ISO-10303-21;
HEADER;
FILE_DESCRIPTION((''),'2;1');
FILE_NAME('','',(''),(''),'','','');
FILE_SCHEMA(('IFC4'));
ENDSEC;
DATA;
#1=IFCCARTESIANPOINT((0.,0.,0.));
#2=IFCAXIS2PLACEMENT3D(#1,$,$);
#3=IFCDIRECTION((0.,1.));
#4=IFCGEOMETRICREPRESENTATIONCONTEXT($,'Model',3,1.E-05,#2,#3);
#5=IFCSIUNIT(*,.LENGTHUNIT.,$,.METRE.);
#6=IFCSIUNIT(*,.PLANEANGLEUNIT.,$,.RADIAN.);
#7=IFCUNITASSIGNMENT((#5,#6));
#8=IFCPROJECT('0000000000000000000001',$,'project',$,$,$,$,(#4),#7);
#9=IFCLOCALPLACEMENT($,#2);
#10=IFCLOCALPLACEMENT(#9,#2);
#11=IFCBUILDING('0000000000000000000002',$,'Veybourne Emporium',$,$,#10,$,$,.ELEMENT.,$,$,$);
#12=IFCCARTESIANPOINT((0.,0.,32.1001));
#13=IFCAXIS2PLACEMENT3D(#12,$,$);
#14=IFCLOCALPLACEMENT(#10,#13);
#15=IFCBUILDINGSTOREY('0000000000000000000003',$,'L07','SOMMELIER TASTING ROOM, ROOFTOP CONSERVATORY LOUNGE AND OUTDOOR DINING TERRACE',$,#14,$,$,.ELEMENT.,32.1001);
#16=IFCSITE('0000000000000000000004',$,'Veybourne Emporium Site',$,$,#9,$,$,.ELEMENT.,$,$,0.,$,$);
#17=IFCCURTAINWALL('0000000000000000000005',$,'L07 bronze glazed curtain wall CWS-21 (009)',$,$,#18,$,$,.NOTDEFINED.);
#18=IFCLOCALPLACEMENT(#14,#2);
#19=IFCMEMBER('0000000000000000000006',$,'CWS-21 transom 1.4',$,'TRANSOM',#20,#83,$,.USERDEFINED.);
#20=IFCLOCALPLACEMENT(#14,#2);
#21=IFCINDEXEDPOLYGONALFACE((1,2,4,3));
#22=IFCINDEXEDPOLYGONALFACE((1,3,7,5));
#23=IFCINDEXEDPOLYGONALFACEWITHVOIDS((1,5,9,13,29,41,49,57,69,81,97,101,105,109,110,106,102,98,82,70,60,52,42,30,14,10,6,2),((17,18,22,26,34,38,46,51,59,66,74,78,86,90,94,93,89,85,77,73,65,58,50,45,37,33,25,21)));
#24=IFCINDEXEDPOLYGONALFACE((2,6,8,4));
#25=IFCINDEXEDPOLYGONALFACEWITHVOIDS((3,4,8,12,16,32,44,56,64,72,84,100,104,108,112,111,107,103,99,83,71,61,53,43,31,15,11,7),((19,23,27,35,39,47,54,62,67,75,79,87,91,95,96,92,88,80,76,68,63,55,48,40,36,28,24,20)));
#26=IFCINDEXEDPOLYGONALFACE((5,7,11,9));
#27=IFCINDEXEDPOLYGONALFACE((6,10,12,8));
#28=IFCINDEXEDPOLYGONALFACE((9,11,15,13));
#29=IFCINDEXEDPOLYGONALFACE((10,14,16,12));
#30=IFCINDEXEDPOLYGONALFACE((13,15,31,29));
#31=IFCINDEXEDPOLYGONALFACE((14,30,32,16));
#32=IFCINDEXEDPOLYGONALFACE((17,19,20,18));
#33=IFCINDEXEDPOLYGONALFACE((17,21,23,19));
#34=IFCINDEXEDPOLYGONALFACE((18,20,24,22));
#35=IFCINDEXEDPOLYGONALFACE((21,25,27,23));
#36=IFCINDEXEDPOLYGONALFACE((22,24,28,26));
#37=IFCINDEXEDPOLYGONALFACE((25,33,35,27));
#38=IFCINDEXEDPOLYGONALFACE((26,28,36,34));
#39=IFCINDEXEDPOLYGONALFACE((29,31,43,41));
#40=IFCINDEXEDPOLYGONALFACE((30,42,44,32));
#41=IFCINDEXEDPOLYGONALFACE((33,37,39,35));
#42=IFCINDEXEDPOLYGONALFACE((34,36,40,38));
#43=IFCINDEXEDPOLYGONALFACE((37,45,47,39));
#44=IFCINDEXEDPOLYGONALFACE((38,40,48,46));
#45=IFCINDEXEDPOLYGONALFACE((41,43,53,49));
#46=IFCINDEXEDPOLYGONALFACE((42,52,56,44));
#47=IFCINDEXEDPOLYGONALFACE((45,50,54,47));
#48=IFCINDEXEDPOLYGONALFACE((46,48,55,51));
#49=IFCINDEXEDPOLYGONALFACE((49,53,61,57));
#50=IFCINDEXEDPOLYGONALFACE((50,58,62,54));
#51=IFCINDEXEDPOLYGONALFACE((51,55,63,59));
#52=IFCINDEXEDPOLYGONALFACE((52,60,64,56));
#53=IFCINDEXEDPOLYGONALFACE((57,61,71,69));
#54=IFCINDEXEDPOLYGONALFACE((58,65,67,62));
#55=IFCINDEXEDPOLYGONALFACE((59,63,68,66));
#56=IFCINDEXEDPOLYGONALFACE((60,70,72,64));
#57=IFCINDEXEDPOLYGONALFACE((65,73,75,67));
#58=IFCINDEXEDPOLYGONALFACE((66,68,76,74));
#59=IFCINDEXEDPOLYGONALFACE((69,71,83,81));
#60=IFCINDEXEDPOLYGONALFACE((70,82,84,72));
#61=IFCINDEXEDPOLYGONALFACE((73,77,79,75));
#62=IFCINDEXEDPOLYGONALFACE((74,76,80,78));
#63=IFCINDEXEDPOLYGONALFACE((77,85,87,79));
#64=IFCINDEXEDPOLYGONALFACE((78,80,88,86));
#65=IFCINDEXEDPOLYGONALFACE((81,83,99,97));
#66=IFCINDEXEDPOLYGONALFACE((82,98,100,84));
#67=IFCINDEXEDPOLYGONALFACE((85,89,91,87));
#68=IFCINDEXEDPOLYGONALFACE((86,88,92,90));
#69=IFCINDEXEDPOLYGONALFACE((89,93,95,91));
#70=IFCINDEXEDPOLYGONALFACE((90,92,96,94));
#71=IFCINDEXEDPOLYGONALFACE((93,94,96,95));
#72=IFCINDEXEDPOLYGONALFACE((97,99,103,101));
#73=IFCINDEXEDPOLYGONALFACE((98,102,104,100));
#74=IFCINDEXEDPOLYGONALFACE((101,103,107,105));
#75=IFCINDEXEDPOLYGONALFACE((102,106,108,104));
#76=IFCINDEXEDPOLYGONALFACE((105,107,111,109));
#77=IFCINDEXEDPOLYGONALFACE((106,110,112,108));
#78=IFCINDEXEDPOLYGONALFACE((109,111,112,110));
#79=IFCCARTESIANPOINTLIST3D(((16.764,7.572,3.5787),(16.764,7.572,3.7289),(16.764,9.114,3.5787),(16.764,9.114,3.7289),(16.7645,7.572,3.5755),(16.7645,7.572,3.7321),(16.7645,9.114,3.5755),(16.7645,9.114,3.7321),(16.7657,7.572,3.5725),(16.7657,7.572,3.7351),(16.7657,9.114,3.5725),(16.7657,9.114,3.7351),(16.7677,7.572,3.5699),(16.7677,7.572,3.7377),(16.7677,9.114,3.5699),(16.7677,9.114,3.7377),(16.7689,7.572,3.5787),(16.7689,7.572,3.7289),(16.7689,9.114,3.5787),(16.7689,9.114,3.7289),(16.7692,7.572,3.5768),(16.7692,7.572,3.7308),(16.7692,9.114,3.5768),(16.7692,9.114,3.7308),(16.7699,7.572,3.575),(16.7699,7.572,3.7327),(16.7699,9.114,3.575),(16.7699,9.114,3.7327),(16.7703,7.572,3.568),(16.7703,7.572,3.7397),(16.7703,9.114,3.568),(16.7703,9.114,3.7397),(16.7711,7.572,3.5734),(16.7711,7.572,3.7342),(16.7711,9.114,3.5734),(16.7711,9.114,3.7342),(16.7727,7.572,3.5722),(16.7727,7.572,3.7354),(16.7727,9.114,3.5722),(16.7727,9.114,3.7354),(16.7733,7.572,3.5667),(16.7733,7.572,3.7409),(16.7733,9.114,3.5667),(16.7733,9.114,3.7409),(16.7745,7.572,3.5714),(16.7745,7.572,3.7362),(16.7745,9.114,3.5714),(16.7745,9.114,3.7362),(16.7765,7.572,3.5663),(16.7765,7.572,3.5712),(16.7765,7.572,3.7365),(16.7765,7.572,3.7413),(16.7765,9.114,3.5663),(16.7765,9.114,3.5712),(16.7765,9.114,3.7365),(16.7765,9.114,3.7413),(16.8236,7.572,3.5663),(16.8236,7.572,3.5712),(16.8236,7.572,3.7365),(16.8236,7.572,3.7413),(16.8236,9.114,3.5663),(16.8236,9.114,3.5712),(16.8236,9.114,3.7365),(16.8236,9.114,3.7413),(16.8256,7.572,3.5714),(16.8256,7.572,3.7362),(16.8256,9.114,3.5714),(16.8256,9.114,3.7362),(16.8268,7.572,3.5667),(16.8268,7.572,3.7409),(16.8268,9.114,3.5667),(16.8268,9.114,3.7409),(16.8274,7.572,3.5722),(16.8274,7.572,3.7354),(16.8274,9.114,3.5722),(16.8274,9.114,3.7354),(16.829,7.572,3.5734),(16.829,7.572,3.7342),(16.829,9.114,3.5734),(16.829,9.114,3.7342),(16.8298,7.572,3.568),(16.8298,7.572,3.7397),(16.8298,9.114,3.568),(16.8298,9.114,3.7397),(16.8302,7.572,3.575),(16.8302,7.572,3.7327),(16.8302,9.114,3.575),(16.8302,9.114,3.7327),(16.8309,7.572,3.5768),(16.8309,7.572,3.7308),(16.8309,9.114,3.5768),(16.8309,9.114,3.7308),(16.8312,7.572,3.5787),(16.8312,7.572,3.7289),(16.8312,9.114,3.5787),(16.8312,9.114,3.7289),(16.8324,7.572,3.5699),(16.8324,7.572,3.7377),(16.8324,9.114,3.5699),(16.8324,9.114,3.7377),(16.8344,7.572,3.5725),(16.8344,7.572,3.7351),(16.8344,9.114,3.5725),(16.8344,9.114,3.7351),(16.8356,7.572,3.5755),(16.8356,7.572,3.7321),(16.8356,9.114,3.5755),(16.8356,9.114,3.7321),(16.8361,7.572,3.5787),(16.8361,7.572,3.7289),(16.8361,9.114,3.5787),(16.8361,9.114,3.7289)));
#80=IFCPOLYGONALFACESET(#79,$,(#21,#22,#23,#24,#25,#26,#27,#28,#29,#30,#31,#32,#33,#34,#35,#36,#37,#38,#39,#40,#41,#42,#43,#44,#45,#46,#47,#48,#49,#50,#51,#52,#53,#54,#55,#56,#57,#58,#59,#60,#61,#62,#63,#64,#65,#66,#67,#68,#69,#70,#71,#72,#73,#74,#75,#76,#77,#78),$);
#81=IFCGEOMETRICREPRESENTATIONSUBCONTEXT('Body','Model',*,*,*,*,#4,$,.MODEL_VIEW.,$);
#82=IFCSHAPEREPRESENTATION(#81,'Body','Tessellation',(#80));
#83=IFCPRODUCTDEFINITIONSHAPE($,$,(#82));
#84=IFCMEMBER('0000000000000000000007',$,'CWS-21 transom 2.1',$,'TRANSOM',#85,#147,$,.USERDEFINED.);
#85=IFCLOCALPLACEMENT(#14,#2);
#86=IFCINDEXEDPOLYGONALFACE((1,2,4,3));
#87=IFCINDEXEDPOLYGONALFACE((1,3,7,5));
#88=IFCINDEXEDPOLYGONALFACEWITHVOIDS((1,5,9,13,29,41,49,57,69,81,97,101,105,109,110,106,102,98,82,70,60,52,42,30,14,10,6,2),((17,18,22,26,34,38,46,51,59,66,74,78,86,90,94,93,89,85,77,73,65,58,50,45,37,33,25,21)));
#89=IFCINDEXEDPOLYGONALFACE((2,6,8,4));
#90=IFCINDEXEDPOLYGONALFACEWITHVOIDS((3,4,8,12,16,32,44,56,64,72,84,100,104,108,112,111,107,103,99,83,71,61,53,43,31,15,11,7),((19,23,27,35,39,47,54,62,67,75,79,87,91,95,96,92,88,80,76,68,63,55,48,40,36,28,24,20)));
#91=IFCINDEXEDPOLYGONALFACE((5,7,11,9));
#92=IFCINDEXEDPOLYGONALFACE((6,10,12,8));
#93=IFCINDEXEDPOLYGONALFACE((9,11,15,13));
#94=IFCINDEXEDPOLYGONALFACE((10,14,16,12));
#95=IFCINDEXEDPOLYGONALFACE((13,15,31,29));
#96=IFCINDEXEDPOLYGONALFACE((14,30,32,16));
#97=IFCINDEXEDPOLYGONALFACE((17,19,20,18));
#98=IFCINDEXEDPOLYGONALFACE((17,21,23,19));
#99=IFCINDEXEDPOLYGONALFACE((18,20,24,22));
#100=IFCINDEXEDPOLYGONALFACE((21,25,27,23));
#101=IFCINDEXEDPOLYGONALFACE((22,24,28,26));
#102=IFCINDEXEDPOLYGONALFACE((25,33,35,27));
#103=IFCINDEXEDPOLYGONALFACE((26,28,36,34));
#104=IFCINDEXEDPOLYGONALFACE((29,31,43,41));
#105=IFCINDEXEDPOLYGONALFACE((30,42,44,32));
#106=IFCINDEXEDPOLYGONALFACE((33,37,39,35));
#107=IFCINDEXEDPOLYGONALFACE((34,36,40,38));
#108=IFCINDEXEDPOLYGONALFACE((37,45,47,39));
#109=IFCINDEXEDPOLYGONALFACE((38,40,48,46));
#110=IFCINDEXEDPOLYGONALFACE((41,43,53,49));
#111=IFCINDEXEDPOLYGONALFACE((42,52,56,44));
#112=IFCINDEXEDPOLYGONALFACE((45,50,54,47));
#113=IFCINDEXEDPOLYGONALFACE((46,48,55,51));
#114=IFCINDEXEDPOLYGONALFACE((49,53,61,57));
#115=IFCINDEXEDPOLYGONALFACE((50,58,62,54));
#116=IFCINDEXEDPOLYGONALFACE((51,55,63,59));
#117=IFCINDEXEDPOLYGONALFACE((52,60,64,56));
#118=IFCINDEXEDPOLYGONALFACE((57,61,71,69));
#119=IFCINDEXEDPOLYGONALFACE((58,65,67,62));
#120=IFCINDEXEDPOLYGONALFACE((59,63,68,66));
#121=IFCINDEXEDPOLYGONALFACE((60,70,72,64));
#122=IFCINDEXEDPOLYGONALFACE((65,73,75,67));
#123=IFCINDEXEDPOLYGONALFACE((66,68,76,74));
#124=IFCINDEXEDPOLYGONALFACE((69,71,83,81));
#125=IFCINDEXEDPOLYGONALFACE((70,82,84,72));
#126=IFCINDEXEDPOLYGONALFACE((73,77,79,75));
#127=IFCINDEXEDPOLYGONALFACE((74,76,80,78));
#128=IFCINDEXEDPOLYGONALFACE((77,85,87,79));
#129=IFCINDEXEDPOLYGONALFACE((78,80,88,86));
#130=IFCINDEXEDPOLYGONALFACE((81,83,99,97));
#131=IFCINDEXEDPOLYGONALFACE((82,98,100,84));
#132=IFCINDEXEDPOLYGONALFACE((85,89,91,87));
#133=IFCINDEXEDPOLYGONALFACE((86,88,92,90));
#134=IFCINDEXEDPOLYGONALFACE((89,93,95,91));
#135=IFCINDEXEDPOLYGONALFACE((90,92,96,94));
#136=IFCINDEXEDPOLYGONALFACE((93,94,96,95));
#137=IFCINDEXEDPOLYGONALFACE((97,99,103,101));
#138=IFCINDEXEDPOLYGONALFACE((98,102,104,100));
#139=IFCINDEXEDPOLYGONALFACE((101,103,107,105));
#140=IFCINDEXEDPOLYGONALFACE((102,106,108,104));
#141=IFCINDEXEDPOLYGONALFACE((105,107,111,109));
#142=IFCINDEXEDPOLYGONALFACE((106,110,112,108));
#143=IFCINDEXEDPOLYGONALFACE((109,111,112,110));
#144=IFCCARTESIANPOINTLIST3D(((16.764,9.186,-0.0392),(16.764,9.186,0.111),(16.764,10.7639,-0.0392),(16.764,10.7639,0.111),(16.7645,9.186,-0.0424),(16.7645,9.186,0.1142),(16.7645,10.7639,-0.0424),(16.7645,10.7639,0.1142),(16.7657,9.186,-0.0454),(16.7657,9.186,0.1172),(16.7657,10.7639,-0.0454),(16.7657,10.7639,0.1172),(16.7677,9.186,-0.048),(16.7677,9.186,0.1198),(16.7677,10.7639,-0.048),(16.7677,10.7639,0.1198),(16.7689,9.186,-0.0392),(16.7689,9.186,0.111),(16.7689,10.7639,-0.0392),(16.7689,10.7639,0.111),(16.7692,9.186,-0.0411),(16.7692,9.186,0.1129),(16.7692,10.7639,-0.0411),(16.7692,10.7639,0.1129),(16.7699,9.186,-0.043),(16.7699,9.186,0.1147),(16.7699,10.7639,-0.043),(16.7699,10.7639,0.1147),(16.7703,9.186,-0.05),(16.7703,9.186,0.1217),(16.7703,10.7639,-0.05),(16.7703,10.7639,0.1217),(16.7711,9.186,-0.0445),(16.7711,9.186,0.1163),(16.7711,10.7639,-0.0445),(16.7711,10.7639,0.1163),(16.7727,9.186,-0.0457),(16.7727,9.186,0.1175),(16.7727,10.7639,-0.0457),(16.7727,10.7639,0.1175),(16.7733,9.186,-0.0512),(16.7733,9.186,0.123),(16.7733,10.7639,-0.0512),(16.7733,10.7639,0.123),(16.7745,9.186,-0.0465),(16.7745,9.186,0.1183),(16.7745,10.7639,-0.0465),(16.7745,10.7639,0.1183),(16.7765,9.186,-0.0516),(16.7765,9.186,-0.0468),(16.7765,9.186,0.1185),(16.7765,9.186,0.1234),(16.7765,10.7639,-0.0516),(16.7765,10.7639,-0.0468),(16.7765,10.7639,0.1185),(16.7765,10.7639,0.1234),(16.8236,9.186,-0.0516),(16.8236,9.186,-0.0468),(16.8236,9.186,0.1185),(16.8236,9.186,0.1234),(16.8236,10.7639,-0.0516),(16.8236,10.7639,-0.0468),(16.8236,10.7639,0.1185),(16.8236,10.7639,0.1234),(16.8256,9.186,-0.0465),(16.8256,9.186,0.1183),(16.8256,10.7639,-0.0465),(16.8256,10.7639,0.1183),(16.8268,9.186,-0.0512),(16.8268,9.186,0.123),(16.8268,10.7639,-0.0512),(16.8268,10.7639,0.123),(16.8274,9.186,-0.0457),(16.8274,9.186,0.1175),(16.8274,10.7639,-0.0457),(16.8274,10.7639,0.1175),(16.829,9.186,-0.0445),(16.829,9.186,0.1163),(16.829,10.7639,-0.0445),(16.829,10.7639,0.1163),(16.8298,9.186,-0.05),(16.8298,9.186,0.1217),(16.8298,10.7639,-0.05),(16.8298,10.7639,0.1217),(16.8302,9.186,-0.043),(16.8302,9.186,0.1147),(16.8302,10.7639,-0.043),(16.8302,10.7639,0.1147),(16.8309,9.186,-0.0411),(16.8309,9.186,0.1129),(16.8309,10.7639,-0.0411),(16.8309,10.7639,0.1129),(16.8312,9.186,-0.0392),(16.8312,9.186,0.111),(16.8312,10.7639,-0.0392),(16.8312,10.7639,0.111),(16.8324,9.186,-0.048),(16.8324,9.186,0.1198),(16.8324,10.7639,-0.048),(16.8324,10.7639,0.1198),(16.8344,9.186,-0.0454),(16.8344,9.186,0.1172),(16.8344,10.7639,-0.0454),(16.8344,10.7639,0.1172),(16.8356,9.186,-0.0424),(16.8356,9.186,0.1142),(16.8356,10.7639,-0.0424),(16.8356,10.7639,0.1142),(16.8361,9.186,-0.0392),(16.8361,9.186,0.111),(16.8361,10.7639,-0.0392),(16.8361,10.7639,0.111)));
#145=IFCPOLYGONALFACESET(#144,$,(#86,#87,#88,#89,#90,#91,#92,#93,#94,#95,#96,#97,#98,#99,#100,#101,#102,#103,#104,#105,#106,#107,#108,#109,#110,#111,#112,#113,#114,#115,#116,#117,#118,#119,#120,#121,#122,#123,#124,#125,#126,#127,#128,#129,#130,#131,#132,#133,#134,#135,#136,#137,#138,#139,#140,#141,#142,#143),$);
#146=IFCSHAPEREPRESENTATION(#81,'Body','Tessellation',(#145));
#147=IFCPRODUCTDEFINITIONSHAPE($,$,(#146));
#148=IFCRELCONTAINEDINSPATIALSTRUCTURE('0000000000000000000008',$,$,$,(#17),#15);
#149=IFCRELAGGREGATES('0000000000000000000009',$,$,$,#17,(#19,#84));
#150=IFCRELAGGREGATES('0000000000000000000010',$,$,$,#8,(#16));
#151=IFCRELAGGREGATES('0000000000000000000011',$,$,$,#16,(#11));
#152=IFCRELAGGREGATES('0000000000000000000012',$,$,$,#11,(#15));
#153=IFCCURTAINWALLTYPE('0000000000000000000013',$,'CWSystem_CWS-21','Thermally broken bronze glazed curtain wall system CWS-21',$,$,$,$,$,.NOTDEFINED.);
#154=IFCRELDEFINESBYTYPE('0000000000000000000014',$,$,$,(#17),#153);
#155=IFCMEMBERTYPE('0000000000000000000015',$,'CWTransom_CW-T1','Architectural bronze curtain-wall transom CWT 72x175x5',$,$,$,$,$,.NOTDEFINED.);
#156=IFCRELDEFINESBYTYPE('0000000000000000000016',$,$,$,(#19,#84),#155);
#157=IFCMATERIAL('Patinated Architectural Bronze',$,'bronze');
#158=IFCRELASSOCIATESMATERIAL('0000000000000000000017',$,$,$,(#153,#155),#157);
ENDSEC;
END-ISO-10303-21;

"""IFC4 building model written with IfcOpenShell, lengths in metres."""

from ifc_helpers import new_model, si_unit, direction, frame, origin, origin_2d, place, context, subcontext, project, spatial, hollow_rectangle, extrude, material, material_profile, profile_set, type_object, element, aggregate, save


model = new_model("IFC4")

# Units and contexts
model_context = context("Model", 3, precision=1e-05, world=origin(), true_north=direction((0.0, 1.0)))
body_context = subcontext(model_context, "Body", "Model", "MODEL_VIEW")
ifc_project = project(units=[si_unit("LENGTHUNIT", "METRE"), si_unit("PLANEANGLEUNIT", "RADIAN")], contexts=[model_context])

# Site, building, storey
site_placement = place(None, origin())
site = spatial("IfcSite", under=ifc_project, at=site_placement, Name="Veybourne Emporium Site", CompositionType="ELEMENT", RefElevation=0.0)
building_placement = place(site_placement, origin())
building = spatial("IfcBuilding", under=site, at=building_placement, Name="Veybourne Emporium", CompositionType="ELEMENT")
storey_placement = place(building_placement, frame((0.0, 0.0, 32.1001)))
storey = spatial("IfcBuildingStorey", under=building, at=storey_placement, Name="L07", Description="SOMMELIER TASTING ROOM, ROOFTOP CONSERVATORY LOUNGE AND OUTDOOR DINING TERRACE", CompositionType="ELEMENT", Elevation=32.1001)

# Curtain wall
ifc_material_1 = material(Name="Patinated Architectural Bronze", Category="bronze")
curtain_wall_type_1 = type_object("IfcCurtainWallType", Name="CWSystem_CWS-21", Description="Thermally broken bronze glazed curtain wall system CWS-21", PredefinedType="NOTDEFINED", material=ifc_material_1)
curtain_wall_1_placement = place(storey_placement, origin())
curtain_wall_1 = element("IfcCurtainWall", 1, at=curtain_wall_1_placement, inside=storey, type_object=curtain_wall_type_1, Name="L07 bronze glazed curtain wall CWS-21 (009)", PredefinedType="NOTDEFINED")

# Members
ifc_material_profile_1 = material_profile(ifc_material_1, hollow_rectangle(XDim=0.072, YDim=0.175, WallThickness=0.0049, InnerFilletRadius=0.0076, OuterFilletRadius=0.0125, at=origin_2d()), Name="CWT 72x175x5")
ifc_profile_set_1 = profile_set([ifc_material_profile_1], Name="Patinated Architectural Bronze")
member_type_1 = type_object("IfcMemberType", Name="CWTransom_CW-T1", Description="Architectural bronze curtain-wall transom CWT 72x175x5", PredefinedType="NOTDEFINED", material=ifc_profile_set_1)
member_1_placement = place(storey_placement, frame((16.8, 7.572, 3.6538), z_axis=(0.0, 1.0, 0.0), x_axis=(-1.0, 0.0, 0.0)))
member_1 = element("IfcMember", 2, at=member_1_placement, type_object=member_type_1, Name="CWS-21 transom 1.4", ObjectType="TRANSOM", PredefinedType="USERDEFINED", context=body_context, shape_type="SweptSolid", body=[
    extrude(hollow_rectangle(XDim=0.072, YDim=0.175, WallThickness=0.0049, InnerFilletRadius=0.0076, OuterFilletRadius=0.0125, at=origin_2d()), origin(), (0.0, 0.0, 1.0), 1.542),
])
member_2_placement = place(storey_placement, frame((16.8, 9.186, 0.0359), z_axis=(0.0, 1.0, 0.0), x_axis=(-1.0, 0.0, 0.0)))
member_2 = element("IfcMember", 3, at=member_2_placement, type_object=member_type_1, Name="CWS-21 transom 2.1", ObjectType="TRANSOM", PredefinedType="USERDEFINED", context=body_context, shape_type="SweptSolid", body=[
    extrude(hollow_rectangle(XDim=0.072, YDim=0.175, WallThickness=0.0049, InnerFilletRadius=0.0076, OuterFilletRadius=0.0125, at=origin_2d()), origin(), (0.0, 0.0, 1.0), 1.5779),
])

aggregate(curtain_wall_1, [member_1, member_2])

save(model, "model.ifc")
